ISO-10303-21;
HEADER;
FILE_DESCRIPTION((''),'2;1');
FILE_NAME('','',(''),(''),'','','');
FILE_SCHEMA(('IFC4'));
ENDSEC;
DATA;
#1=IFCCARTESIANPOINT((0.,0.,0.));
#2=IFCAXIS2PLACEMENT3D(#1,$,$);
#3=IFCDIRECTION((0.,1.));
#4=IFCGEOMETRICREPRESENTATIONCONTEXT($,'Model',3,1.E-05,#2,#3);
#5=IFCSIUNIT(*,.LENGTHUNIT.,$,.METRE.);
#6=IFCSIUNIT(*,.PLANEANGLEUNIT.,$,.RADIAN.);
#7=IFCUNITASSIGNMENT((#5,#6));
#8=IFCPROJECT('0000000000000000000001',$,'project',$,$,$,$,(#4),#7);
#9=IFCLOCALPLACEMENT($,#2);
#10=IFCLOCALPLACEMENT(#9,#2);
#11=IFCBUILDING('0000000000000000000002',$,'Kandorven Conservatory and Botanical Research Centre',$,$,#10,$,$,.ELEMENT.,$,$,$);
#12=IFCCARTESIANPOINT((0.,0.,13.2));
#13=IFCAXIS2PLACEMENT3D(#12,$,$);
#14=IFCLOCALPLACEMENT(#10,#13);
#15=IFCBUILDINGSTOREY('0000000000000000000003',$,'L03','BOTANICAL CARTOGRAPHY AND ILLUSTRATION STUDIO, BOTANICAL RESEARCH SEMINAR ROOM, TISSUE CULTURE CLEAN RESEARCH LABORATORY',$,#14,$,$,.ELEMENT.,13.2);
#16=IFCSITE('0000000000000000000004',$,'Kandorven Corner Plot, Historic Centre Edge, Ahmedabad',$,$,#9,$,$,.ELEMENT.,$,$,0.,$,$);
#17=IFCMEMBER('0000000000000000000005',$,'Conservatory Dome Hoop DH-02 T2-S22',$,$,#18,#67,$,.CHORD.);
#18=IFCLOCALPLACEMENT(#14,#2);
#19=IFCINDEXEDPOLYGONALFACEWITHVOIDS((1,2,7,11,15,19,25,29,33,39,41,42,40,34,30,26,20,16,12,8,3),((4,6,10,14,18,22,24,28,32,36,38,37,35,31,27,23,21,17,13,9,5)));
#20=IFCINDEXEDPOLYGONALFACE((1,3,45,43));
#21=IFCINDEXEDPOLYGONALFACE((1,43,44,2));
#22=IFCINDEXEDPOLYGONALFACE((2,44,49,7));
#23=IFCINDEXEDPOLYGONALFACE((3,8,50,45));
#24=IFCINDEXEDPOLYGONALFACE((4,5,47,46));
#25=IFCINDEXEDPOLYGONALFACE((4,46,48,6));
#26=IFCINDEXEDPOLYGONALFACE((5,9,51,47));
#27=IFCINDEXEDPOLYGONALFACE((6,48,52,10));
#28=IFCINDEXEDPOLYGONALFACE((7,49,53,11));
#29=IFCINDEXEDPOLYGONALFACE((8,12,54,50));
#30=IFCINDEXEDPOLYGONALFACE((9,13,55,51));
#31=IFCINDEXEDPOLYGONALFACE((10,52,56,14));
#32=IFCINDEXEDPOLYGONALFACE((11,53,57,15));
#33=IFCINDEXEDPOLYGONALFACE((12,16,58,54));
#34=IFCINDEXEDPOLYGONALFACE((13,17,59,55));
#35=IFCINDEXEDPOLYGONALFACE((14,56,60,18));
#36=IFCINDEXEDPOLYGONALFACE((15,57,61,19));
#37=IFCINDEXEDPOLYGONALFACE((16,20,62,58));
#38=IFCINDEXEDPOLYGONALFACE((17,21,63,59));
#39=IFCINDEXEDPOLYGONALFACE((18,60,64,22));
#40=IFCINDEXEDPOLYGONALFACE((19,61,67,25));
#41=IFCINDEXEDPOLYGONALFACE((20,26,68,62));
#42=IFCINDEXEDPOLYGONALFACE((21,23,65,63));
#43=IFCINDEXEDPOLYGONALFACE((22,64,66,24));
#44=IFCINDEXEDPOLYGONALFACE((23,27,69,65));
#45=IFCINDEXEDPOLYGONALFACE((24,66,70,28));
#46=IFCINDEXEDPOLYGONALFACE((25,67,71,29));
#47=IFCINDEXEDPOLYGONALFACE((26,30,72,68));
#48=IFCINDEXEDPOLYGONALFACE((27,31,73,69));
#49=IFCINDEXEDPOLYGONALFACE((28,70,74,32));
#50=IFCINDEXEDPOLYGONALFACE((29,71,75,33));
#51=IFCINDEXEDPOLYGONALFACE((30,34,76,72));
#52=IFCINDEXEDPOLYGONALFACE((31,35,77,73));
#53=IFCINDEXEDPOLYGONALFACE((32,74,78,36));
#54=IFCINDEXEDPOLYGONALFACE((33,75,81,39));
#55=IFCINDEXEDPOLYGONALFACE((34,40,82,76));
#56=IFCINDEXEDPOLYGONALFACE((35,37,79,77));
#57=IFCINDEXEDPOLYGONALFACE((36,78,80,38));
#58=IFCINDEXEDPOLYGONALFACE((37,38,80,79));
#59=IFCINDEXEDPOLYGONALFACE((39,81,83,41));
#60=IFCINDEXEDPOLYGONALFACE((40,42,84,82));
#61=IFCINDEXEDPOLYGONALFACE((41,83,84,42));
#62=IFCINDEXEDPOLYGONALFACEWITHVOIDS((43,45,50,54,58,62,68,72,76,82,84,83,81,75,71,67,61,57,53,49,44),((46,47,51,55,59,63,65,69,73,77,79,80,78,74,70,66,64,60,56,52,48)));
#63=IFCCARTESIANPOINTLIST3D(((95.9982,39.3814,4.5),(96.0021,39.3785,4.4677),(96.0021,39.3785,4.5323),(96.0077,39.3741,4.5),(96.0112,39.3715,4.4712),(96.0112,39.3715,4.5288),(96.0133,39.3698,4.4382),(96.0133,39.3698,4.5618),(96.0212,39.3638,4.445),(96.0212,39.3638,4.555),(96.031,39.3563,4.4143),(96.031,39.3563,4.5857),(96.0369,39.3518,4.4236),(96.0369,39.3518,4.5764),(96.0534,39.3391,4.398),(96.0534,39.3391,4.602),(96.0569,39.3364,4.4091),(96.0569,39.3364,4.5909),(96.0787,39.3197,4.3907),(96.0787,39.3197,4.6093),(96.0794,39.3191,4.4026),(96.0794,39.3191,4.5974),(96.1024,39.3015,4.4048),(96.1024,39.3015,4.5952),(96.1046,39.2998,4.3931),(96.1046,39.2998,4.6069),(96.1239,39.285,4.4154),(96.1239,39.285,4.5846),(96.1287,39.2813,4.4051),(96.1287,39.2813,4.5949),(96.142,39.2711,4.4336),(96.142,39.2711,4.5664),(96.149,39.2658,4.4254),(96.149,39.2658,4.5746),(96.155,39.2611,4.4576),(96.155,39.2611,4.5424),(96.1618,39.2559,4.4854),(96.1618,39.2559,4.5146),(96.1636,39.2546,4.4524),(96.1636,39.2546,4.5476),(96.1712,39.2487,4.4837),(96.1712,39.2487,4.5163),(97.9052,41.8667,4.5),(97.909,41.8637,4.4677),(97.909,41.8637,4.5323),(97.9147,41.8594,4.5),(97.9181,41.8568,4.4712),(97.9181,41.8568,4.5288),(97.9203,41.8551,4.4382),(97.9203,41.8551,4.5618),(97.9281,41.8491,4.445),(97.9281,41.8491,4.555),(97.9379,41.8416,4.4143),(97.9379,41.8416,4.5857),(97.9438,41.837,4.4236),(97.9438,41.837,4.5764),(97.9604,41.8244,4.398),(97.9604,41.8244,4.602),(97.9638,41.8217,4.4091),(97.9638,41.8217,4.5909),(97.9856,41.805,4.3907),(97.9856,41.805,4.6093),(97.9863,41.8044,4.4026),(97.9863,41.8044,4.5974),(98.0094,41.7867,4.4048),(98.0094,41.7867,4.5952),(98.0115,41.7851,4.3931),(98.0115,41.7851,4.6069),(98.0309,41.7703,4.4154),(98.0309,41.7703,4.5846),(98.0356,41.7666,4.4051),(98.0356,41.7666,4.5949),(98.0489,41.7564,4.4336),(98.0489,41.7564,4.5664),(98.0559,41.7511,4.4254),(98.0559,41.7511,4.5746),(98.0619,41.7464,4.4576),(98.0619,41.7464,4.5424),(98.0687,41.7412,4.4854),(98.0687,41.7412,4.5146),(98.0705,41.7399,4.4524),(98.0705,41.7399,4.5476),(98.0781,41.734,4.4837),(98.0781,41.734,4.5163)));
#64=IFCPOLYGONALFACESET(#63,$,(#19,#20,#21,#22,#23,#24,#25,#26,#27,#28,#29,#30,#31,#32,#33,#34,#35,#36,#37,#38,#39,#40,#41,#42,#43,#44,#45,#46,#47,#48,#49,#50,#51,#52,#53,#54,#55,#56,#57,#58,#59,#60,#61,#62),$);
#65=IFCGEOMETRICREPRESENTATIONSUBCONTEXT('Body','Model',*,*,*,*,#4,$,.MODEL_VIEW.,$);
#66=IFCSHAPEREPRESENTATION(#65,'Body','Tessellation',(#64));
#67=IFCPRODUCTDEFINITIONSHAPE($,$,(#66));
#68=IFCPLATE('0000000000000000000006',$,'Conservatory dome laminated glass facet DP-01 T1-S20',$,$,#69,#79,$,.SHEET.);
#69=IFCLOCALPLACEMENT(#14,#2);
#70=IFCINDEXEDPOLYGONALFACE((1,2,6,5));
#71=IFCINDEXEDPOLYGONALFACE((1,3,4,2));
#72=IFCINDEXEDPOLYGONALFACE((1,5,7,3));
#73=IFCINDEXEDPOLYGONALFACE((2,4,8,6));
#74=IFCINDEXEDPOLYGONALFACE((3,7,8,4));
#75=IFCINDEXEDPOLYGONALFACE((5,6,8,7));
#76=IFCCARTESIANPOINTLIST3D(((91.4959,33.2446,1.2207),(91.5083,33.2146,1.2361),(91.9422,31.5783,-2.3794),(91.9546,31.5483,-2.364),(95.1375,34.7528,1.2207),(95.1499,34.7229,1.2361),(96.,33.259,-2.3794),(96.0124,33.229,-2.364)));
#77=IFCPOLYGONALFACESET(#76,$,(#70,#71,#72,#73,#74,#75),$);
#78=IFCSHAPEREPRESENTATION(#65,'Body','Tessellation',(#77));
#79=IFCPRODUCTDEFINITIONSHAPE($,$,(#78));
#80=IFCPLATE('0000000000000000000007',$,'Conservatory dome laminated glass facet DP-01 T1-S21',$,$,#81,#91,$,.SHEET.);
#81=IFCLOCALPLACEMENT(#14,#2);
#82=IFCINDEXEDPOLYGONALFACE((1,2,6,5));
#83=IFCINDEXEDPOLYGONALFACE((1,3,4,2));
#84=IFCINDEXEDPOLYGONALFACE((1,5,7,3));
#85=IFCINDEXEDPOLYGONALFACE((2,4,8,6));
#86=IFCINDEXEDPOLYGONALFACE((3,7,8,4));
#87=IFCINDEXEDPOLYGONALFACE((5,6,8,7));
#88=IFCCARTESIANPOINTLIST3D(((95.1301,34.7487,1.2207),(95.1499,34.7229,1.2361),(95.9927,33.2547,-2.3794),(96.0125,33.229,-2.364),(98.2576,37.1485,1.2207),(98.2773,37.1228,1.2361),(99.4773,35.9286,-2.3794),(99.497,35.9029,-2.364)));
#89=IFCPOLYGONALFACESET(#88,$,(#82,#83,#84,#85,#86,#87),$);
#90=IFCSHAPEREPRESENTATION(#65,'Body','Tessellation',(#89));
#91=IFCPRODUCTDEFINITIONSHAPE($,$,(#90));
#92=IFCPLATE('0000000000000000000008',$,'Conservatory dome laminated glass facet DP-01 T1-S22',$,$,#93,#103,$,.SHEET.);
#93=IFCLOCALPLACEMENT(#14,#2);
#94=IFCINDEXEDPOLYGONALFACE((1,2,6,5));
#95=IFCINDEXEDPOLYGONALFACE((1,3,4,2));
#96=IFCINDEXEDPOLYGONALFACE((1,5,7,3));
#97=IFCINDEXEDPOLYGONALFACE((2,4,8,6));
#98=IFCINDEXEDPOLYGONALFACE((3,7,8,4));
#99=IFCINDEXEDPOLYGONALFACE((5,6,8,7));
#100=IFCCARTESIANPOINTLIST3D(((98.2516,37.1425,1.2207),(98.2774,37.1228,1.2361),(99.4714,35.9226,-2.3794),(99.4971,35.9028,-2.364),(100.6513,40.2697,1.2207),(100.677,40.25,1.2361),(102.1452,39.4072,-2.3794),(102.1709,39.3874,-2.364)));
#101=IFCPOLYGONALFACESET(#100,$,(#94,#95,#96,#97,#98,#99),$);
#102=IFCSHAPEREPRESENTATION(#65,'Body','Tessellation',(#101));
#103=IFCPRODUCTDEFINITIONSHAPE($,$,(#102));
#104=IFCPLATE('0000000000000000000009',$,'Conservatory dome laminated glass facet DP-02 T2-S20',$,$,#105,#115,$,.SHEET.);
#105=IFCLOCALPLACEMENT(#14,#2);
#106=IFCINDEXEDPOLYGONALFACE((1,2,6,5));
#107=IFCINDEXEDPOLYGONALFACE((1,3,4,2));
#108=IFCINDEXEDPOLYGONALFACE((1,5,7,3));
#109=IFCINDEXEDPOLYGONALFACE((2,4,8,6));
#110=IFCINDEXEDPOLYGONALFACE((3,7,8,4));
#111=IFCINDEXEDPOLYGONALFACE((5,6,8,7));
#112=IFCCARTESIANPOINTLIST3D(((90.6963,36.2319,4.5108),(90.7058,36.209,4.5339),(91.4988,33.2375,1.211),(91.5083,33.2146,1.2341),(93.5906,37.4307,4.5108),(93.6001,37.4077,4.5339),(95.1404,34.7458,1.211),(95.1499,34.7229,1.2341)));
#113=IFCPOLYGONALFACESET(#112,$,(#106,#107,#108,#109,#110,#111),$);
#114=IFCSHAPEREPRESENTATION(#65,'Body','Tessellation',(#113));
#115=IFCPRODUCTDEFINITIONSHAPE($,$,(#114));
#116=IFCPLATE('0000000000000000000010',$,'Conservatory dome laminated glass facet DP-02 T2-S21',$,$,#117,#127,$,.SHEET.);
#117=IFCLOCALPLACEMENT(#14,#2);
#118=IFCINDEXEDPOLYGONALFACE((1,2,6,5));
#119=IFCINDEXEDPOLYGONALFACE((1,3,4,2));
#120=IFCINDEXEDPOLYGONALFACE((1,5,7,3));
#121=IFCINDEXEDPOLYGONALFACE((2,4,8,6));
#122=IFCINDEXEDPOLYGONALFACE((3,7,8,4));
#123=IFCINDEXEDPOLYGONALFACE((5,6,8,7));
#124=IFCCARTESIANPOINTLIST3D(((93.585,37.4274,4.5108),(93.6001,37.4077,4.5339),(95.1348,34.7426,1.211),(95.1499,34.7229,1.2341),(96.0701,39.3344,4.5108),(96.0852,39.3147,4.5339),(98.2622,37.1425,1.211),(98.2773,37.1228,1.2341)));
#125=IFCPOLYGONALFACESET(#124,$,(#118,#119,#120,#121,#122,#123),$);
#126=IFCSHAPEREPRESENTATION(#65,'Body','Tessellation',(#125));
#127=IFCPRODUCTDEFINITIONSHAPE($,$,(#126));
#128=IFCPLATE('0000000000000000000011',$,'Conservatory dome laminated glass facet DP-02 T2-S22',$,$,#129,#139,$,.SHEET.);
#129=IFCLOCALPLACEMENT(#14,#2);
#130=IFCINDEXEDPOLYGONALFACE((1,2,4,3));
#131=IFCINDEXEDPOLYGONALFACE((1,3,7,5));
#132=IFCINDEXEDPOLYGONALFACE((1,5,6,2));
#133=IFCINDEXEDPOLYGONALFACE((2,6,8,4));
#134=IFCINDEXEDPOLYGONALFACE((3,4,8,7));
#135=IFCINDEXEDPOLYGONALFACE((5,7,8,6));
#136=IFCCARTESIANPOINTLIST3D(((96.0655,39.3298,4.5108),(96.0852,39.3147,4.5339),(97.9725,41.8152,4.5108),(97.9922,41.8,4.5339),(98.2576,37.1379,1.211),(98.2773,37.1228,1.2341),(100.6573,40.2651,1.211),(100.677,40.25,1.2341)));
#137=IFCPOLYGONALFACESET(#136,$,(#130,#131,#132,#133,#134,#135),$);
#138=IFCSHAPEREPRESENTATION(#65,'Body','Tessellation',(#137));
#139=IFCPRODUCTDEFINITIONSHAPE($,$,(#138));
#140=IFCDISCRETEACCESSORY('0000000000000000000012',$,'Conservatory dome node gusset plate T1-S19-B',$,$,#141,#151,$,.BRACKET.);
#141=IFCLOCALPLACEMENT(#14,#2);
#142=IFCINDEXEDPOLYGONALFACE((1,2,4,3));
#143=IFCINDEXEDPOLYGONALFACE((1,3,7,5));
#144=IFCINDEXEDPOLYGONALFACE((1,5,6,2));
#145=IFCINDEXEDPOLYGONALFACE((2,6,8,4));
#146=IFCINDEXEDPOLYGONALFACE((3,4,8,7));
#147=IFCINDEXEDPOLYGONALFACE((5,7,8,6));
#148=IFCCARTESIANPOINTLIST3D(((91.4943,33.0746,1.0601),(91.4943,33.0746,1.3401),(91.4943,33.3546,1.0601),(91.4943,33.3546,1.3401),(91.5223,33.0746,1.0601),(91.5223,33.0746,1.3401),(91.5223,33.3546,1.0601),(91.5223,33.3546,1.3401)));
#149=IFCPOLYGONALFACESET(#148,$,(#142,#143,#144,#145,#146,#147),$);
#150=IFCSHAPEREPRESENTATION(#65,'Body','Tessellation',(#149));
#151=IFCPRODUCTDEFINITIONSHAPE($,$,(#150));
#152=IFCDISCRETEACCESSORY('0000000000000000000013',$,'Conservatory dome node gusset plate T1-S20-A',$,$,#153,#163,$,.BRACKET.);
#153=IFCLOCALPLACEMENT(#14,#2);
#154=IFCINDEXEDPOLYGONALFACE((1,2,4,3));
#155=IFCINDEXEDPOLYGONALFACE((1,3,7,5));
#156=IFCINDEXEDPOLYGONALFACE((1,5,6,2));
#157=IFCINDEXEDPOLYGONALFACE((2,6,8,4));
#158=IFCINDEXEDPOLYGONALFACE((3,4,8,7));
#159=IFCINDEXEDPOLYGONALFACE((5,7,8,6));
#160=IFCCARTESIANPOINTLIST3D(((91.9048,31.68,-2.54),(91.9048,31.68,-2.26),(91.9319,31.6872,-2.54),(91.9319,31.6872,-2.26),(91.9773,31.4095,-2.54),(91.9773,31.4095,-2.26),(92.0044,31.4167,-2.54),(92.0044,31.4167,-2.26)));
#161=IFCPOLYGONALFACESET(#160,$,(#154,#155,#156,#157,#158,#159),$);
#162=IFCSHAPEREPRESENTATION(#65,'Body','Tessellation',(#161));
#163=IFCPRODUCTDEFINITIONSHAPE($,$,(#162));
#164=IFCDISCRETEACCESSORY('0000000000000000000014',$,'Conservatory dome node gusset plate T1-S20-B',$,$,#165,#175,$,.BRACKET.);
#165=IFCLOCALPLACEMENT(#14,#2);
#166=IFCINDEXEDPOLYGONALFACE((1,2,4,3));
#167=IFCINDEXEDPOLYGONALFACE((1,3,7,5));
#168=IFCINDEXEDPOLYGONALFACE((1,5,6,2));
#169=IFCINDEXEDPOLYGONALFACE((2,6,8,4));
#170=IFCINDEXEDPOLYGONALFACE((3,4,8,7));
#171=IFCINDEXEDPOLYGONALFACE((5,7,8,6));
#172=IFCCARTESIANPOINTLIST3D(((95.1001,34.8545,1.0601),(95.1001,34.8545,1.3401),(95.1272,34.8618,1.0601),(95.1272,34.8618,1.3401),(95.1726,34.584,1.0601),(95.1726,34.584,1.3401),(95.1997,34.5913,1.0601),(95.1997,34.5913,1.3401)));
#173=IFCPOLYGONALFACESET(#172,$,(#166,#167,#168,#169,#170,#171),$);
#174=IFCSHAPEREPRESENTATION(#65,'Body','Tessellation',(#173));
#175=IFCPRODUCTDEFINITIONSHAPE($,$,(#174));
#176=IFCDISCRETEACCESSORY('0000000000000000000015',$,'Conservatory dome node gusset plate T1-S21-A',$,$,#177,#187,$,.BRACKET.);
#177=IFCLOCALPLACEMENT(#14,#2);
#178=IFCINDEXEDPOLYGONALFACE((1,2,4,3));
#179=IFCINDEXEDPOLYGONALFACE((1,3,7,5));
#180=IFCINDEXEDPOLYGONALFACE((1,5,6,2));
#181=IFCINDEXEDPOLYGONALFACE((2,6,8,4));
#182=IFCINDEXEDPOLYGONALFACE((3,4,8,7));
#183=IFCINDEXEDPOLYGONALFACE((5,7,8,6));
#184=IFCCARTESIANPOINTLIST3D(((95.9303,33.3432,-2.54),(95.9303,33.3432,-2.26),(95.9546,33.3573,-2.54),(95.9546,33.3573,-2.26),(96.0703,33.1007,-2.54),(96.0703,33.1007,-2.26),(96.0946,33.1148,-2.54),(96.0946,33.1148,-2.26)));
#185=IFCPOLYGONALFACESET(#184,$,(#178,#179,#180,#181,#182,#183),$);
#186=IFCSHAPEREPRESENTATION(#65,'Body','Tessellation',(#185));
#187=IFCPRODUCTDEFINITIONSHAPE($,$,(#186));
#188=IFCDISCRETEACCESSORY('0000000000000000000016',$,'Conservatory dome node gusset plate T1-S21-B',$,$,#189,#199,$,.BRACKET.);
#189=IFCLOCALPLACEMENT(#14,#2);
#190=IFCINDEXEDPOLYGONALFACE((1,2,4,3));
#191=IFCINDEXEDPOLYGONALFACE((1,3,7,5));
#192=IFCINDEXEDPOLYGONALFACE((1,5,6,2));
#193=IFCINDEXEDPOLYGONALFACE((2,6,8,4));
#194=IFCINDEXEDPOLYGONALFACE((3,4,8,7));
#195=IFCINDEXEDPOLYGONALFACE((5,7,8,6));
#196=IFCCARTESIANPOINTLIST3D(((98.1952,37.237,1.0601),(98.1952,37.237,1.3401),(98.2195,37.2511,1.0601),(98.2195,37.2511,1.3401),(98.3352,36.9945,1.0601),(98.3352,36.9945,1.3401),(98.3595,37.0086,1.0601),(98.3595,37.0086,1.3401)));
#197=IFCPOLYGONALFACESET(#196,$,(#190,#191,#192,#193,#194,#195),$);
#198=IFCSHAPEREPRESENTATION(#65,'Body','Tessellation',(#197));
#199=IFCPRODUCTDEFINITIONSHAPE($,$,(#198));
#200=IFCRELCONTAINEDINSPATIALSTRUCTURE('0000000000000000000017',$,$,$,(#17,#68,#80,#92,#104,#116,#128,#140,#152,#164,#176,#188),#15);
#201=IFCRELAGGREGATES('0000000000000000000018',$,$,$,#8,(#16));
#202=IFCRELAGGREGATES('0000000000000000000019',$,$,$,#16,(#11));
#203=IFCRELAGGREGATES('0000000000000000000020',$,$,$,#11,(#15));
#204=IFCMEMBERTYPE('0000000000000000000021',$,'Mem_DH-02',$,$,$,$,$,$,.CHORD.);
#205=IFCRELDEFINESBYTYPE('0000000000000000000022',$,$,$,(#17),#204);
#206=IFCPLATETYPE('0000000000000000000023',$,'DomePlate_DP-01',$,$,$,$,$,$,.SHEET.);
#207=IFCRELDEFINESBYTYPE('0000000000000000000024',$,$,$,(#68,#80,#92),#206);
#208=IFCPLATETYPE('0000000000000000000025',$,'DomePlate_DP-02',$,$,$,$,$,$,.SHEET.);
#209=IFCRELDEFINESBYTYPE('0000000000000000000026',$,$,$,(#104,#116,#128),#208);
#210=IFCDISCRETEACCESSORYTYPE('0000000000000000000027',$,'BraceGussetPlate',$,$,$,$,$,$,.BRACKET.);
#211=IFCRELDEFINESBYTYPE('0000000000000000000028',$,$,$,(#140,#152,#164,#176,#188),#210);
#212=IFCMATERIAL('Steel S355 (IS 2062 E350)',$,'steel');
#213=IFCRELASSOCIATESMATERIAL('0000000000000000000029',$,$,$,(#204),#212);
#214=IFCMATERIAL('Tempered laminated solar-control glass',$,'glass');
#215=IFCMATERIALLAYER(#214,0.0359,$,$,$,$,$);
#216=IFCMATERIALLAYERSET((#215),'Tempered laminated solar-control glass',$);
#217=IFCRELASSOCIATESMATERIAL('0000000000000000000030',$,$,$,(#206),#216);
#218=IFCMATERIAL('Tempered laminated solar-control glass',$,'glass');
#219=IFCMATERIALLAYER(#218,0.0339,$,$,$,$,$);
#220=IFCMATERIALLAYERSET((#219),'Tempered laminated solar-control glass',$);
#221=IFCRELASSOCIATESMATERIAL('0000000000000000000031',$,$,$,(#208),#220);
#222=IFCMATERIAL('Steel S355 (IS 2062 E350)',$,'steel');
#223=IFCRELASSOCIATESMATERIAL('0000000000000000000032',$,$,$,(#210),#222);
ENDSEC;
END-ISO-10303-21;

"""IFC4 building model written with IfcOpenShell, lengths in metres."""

from ifc_helpers import new_model, si_unit, direction, frame, origin, origin_2d, place, context, subcontext, project, spatial, polyline, rectangle, hollow_circle, outline, extrude, material, layer, layer_set, material_profile, profile_set, type_object, element, save


model = new_model("IFC4")

# Units and contexts
model_context = context("Model", 3, precision=1e-05, world=origin(), true_north=direction((0.0, 1.0)))
body_context = subcontext(model_context, "Body", "Model", "MODEL_VIEW")
ifc_project = project(units=[si_unit("LENGTHUNIT", "METRE"), si_unit("PLANEANGLEUNIT", "RADIAN")], contexts=[model_context])

# Site, building, storey
site_placement = place(None, origin())
site = spatial("IfcSite", under=ifc_project, at=site_placement, Name="Kandorven Corner Plot, Historic Centre Edge, Ahmedabad", CompositionType="ELEMENT", RefElevation=0.0)
building_placement = place(site_placement, origin())
building = spatial("IfcBuilding", under=site, at=building_placement, Name="Kandorven Conservatory and Botanical Research Centre", CompositionType="ELEMENT")
storey_placement = place(building_placement, frame((0.0, 0.0, 13.2)))
storey = spatial("IfcBuildingStorey", under=building, at=storey_placement, Name="L03", Description="BOTANICAL CARTOGRAPHY AND ILLUSTRATION STUDIO, BOTANICAL RESEARCH SEMINAR ROOM, TISSUE CULTURE CLEAN RESEARCH LABORATORY", CompositionType="ELEMENT", Elevation=13.2)

# Member
ifc_material_1 = material(Name="Steel S355 (IS 2062 E350)", Category="steel")
ifc_material_profile_1 = material_profile(ifc_material_1, hollow_circle(Radius=0.1096, WallThickness=0.012, at=origin_2d()))
ifc_profile_set_1 = profile_set([ifc_material_profile_1], Name="Steel S355 (IS 2062 E350)")
member_type_1 = type_object("IfcMemberType", Name="Mem_DH-02", PredefinedType="CHORD", material=ifc_profile_set_1)
for number, where, z_axis, x_axis, name in (
    (1, (96.0852, 39.3147, 4.5), (0.608742, 0.793368, 0.0), (-0.793368, 0.608742, 0.0), "Conservatory Dome Hoop DH-02 T2-S22"),
):
    element("IfcMember", number, at=place(storey_placement, frame(where, z_axis=z_axis, x_axis=x_axis)), inside=storey, type_object=member_type_1, Name=name, PredefinedType="CHORD", context=body_context, shape_type="SweptSolid", body=[
        extrude(hollow_circle(Radius=0.1096, WallThickness=0.012, at=origin_2d()), origin(), (0.0, 0.0, 1.0), 3.1326),
    ])

# Plates
ifc_material_2 = material(Name="Tempered laminated solar-control glass", Category="glass")
ifc_layer_1 = layer(ifc_material_2, 0.0359)
ifc_layer_set_1 = layer_set([ifc_layer_1], Name="Tempered laminated solar-control glass")
plate_type_1 = type_object("IfcPlateType", Name="DomePlate_DP-01", PredefinedType="SHEET", material=ifc_layer_set_1)
plate_1_placement = place(storey_placement, frame((91.9546, 31.5483, -2.364), z_axis=(0.345638, -0.834512, 0.429096), x_axis=(0.923891, 0.382656, -0.000002)))
element("IfcPlate", 2, at=plate_1_placement, inside=storey, type_object=plate_type_1, Name="Conservatory dome laminated glass facet DP-01 T1-S20", PredefinedType="SHEET", context=body_context, shape_type="SweptSolid", body=[
    extrude(outline(polyline([(0.0, 0.0), (4.3921, 0.0), (4.1669, 3.9857), (0.2253, 3.9857), (0.0, 0.0)])), origin(), (0.0, 0.0, -1.0), 0.0359),
])
plate_2_placement = place(storey_placement, frame((96.0125, 33.229, -2.364), z_axis=(0.549872, -0.71659, 0.429115), x_axis=(0.793348, 0.608768, -0.000005)))
element("IfcPlate", 3, at=plate_2_placement, inside=storey, type_object=plate_type_1, Name="Conservatory dome laminated glass facet DP-01 T1-S21", PredefinedType="SHEET", context=body_context, shape_type="SweptSolid", body=[
    extrude(outline(polyline([(0.0, 0.0), (4.3923, 0.0), (4.1673, 3.9857), (0.2251, 3.9857), (0.0, 0.0)])), origin(), (0.0, 0.0, -1.0), 0.0359),
])
plate_3_placement = place(storey_placement, frame((99.4971, 35.9028, -2.364), z_axis=(0.716595, -0.549869, 0.429111), x_axis=(0.608765, 0.793351, 0.000003)))
element("IfcPlate", 4, at=plate_3_placement, inside=storey, type_object=plate_type_1, Name="Conservatory dome laminated glass facet DP-01 T1-S22", PredefinedType="SHEET", context=body_context, shape_type="SweptSolid", body=[
    extrude(outline(polyline([(0.0, 0.0), (4.3923, 0.0), (4.1671, 3.9857), (0.2253, 3.9857), (0.0, 0.0)])), origin(), (0.0, 0.0, -1.0), 0.0359),
])
ifc_material_3 = material(Name="Tempered laminated solar-control glass", Category="glass")
ifc_layer_2 = layer(ifc_material_3, 0.0339)
ifc_layer_set_2 = layer_set([ifc_layer_2], Name="Tempered laminated solar-control glass")
plate_type_2 = type_object("IfcPlateType", Name="DomePlate_DP-02", PredefinedType="SHEET", material=ifc_layer_set_2)
plate_4_placement = place(storey_placement, frame((91.5083, 33.2146, 1.2341), z_axis=(0.280009, -0.676056, 0.681574), x_axis=(0.92389, 0.382659, 0.000003)))
element("IfcPlate", 5, at=plate_4_placement, inside=storey, type_object=plate_type_2, Name="Conservatory dome laminated glass facet DP-02 T2-S20", PredefinedType="SHEET", context=body_context, shape_type="SweptSolid", body=[
    extrude(outline(polyline([(0.0, 0.0), (3.9416, 0.0), (3.5371, 4.5095), (0.4044, 4.5095), (0.0, 0.0)])), origin(), (0.0, 0.0, -1.0), 0.0339),
])
plate_5_placement = place(storey_placement, frame((95.1499, 34.7229, 1.2341), z_axis=(0.445481, -0.580532, 0.681563), x_axis=(0.793338, 0.608782, 0.000001)))
element("IfcPlate", 6, at=plate_5_placement, inside=storey, type_object=plate_type_2, Name="Conservatory dome laminated glass facet DP-02 T2-S21", PredefinedType="SHEET", context=body_context, shape_type="SweptSolid", body=[
    extrude(outline(polyline([(0.0, 0.0), (3.9421, 0.0), (3.5374, 4.5094), (0.405, 4.5094), (0.0, 0.0)])), origin(), (0.0, 0.0, -1.0), 0.0339),
])
plate_6_placement = place(storey_placement, frame((98.2773, 37.1228, 1.2341), z_axis=(0.580536, -0.445459, 0.681575), x_axis=(0.608766, 0.79335, -0.000009)))
element("IfcPlate", 7, at=plate_6_placement, inside=storey, type_object=plate_type_2, Name="Conservatory dome laminated glass facet DP-02 T2-S22", PredefinedType="SHEET", context=body_context, shape_type="SweptSolid", body=[
    extrude(outline(polyline([(0.0, 0.0), (3.9418, 0.0), (3.5371, 4.5095), (0.4044, 4.5094), (0.0, 0.0)])), origin(), (0.0, 0.0, -1.0), 0.0339),
])

# Discrete accessories
ifc_material_4 = material(Name="Steel S355 (IS 2062 E350)", Category="steel")
discrete_accessory_type = type_object("IfcDiscreteAccessoryType", Name="BraceGussetPlate", PredefinedType="BRACKET", material=ifc_material_4)
for number, where, z_axis, x_axis, name in (
    (8, (91.5083, 33.2146, 1.0601), (0.0, 0.0, 1.0), (0.0, -1.0, 0.0), "Conservatory dome node gusset plate T1-S19-B"),
    (9, (91.9546, 31.5483, -2.54), (0.0, 0.0, 1.0), (0.258819, -0.965926, 0.0), "Conservatory dome node gusset plate T1-S20-A"),
    (10, (95.1499, 34.7229, 1.0601), (0.0, 0.0, 1.0), (0.258819, -0.965926, 0.0), "Conservatory dome node gusset plate T1-S20-B"),
    (11, (96.0125, 33.229, -2.54), (0.0, 0.0, 1.0), (0.5, -0.866025, 0.0), "Conservatory dome node gusset plate T1-S21-A"),
    (12, (98.2773, 37.1228, 1.0601), (0.0, 0.0, 1.0), (0.5, -0.866025, 0.0), "Conservatory dome node gusset plate T1-S21-B"),
):
    element("IfcDiscreteAccessory", number, at=place(storey_placement, frame(where, z_axis=z_axis, x_axis=x_axis)), inside=storey, type_object=discrete_accessory_type, Name=name, PredefinedType="BRACKET", context=body_context, shape_type="SweptSolid", body=[
        extrude(rectangle(XDim=0.28, YDim=0.0281, at=origin_2d()), origin(), (0.0, 0.0, 1.0), 0.28),
    ])

save(model, "model.ifc")
